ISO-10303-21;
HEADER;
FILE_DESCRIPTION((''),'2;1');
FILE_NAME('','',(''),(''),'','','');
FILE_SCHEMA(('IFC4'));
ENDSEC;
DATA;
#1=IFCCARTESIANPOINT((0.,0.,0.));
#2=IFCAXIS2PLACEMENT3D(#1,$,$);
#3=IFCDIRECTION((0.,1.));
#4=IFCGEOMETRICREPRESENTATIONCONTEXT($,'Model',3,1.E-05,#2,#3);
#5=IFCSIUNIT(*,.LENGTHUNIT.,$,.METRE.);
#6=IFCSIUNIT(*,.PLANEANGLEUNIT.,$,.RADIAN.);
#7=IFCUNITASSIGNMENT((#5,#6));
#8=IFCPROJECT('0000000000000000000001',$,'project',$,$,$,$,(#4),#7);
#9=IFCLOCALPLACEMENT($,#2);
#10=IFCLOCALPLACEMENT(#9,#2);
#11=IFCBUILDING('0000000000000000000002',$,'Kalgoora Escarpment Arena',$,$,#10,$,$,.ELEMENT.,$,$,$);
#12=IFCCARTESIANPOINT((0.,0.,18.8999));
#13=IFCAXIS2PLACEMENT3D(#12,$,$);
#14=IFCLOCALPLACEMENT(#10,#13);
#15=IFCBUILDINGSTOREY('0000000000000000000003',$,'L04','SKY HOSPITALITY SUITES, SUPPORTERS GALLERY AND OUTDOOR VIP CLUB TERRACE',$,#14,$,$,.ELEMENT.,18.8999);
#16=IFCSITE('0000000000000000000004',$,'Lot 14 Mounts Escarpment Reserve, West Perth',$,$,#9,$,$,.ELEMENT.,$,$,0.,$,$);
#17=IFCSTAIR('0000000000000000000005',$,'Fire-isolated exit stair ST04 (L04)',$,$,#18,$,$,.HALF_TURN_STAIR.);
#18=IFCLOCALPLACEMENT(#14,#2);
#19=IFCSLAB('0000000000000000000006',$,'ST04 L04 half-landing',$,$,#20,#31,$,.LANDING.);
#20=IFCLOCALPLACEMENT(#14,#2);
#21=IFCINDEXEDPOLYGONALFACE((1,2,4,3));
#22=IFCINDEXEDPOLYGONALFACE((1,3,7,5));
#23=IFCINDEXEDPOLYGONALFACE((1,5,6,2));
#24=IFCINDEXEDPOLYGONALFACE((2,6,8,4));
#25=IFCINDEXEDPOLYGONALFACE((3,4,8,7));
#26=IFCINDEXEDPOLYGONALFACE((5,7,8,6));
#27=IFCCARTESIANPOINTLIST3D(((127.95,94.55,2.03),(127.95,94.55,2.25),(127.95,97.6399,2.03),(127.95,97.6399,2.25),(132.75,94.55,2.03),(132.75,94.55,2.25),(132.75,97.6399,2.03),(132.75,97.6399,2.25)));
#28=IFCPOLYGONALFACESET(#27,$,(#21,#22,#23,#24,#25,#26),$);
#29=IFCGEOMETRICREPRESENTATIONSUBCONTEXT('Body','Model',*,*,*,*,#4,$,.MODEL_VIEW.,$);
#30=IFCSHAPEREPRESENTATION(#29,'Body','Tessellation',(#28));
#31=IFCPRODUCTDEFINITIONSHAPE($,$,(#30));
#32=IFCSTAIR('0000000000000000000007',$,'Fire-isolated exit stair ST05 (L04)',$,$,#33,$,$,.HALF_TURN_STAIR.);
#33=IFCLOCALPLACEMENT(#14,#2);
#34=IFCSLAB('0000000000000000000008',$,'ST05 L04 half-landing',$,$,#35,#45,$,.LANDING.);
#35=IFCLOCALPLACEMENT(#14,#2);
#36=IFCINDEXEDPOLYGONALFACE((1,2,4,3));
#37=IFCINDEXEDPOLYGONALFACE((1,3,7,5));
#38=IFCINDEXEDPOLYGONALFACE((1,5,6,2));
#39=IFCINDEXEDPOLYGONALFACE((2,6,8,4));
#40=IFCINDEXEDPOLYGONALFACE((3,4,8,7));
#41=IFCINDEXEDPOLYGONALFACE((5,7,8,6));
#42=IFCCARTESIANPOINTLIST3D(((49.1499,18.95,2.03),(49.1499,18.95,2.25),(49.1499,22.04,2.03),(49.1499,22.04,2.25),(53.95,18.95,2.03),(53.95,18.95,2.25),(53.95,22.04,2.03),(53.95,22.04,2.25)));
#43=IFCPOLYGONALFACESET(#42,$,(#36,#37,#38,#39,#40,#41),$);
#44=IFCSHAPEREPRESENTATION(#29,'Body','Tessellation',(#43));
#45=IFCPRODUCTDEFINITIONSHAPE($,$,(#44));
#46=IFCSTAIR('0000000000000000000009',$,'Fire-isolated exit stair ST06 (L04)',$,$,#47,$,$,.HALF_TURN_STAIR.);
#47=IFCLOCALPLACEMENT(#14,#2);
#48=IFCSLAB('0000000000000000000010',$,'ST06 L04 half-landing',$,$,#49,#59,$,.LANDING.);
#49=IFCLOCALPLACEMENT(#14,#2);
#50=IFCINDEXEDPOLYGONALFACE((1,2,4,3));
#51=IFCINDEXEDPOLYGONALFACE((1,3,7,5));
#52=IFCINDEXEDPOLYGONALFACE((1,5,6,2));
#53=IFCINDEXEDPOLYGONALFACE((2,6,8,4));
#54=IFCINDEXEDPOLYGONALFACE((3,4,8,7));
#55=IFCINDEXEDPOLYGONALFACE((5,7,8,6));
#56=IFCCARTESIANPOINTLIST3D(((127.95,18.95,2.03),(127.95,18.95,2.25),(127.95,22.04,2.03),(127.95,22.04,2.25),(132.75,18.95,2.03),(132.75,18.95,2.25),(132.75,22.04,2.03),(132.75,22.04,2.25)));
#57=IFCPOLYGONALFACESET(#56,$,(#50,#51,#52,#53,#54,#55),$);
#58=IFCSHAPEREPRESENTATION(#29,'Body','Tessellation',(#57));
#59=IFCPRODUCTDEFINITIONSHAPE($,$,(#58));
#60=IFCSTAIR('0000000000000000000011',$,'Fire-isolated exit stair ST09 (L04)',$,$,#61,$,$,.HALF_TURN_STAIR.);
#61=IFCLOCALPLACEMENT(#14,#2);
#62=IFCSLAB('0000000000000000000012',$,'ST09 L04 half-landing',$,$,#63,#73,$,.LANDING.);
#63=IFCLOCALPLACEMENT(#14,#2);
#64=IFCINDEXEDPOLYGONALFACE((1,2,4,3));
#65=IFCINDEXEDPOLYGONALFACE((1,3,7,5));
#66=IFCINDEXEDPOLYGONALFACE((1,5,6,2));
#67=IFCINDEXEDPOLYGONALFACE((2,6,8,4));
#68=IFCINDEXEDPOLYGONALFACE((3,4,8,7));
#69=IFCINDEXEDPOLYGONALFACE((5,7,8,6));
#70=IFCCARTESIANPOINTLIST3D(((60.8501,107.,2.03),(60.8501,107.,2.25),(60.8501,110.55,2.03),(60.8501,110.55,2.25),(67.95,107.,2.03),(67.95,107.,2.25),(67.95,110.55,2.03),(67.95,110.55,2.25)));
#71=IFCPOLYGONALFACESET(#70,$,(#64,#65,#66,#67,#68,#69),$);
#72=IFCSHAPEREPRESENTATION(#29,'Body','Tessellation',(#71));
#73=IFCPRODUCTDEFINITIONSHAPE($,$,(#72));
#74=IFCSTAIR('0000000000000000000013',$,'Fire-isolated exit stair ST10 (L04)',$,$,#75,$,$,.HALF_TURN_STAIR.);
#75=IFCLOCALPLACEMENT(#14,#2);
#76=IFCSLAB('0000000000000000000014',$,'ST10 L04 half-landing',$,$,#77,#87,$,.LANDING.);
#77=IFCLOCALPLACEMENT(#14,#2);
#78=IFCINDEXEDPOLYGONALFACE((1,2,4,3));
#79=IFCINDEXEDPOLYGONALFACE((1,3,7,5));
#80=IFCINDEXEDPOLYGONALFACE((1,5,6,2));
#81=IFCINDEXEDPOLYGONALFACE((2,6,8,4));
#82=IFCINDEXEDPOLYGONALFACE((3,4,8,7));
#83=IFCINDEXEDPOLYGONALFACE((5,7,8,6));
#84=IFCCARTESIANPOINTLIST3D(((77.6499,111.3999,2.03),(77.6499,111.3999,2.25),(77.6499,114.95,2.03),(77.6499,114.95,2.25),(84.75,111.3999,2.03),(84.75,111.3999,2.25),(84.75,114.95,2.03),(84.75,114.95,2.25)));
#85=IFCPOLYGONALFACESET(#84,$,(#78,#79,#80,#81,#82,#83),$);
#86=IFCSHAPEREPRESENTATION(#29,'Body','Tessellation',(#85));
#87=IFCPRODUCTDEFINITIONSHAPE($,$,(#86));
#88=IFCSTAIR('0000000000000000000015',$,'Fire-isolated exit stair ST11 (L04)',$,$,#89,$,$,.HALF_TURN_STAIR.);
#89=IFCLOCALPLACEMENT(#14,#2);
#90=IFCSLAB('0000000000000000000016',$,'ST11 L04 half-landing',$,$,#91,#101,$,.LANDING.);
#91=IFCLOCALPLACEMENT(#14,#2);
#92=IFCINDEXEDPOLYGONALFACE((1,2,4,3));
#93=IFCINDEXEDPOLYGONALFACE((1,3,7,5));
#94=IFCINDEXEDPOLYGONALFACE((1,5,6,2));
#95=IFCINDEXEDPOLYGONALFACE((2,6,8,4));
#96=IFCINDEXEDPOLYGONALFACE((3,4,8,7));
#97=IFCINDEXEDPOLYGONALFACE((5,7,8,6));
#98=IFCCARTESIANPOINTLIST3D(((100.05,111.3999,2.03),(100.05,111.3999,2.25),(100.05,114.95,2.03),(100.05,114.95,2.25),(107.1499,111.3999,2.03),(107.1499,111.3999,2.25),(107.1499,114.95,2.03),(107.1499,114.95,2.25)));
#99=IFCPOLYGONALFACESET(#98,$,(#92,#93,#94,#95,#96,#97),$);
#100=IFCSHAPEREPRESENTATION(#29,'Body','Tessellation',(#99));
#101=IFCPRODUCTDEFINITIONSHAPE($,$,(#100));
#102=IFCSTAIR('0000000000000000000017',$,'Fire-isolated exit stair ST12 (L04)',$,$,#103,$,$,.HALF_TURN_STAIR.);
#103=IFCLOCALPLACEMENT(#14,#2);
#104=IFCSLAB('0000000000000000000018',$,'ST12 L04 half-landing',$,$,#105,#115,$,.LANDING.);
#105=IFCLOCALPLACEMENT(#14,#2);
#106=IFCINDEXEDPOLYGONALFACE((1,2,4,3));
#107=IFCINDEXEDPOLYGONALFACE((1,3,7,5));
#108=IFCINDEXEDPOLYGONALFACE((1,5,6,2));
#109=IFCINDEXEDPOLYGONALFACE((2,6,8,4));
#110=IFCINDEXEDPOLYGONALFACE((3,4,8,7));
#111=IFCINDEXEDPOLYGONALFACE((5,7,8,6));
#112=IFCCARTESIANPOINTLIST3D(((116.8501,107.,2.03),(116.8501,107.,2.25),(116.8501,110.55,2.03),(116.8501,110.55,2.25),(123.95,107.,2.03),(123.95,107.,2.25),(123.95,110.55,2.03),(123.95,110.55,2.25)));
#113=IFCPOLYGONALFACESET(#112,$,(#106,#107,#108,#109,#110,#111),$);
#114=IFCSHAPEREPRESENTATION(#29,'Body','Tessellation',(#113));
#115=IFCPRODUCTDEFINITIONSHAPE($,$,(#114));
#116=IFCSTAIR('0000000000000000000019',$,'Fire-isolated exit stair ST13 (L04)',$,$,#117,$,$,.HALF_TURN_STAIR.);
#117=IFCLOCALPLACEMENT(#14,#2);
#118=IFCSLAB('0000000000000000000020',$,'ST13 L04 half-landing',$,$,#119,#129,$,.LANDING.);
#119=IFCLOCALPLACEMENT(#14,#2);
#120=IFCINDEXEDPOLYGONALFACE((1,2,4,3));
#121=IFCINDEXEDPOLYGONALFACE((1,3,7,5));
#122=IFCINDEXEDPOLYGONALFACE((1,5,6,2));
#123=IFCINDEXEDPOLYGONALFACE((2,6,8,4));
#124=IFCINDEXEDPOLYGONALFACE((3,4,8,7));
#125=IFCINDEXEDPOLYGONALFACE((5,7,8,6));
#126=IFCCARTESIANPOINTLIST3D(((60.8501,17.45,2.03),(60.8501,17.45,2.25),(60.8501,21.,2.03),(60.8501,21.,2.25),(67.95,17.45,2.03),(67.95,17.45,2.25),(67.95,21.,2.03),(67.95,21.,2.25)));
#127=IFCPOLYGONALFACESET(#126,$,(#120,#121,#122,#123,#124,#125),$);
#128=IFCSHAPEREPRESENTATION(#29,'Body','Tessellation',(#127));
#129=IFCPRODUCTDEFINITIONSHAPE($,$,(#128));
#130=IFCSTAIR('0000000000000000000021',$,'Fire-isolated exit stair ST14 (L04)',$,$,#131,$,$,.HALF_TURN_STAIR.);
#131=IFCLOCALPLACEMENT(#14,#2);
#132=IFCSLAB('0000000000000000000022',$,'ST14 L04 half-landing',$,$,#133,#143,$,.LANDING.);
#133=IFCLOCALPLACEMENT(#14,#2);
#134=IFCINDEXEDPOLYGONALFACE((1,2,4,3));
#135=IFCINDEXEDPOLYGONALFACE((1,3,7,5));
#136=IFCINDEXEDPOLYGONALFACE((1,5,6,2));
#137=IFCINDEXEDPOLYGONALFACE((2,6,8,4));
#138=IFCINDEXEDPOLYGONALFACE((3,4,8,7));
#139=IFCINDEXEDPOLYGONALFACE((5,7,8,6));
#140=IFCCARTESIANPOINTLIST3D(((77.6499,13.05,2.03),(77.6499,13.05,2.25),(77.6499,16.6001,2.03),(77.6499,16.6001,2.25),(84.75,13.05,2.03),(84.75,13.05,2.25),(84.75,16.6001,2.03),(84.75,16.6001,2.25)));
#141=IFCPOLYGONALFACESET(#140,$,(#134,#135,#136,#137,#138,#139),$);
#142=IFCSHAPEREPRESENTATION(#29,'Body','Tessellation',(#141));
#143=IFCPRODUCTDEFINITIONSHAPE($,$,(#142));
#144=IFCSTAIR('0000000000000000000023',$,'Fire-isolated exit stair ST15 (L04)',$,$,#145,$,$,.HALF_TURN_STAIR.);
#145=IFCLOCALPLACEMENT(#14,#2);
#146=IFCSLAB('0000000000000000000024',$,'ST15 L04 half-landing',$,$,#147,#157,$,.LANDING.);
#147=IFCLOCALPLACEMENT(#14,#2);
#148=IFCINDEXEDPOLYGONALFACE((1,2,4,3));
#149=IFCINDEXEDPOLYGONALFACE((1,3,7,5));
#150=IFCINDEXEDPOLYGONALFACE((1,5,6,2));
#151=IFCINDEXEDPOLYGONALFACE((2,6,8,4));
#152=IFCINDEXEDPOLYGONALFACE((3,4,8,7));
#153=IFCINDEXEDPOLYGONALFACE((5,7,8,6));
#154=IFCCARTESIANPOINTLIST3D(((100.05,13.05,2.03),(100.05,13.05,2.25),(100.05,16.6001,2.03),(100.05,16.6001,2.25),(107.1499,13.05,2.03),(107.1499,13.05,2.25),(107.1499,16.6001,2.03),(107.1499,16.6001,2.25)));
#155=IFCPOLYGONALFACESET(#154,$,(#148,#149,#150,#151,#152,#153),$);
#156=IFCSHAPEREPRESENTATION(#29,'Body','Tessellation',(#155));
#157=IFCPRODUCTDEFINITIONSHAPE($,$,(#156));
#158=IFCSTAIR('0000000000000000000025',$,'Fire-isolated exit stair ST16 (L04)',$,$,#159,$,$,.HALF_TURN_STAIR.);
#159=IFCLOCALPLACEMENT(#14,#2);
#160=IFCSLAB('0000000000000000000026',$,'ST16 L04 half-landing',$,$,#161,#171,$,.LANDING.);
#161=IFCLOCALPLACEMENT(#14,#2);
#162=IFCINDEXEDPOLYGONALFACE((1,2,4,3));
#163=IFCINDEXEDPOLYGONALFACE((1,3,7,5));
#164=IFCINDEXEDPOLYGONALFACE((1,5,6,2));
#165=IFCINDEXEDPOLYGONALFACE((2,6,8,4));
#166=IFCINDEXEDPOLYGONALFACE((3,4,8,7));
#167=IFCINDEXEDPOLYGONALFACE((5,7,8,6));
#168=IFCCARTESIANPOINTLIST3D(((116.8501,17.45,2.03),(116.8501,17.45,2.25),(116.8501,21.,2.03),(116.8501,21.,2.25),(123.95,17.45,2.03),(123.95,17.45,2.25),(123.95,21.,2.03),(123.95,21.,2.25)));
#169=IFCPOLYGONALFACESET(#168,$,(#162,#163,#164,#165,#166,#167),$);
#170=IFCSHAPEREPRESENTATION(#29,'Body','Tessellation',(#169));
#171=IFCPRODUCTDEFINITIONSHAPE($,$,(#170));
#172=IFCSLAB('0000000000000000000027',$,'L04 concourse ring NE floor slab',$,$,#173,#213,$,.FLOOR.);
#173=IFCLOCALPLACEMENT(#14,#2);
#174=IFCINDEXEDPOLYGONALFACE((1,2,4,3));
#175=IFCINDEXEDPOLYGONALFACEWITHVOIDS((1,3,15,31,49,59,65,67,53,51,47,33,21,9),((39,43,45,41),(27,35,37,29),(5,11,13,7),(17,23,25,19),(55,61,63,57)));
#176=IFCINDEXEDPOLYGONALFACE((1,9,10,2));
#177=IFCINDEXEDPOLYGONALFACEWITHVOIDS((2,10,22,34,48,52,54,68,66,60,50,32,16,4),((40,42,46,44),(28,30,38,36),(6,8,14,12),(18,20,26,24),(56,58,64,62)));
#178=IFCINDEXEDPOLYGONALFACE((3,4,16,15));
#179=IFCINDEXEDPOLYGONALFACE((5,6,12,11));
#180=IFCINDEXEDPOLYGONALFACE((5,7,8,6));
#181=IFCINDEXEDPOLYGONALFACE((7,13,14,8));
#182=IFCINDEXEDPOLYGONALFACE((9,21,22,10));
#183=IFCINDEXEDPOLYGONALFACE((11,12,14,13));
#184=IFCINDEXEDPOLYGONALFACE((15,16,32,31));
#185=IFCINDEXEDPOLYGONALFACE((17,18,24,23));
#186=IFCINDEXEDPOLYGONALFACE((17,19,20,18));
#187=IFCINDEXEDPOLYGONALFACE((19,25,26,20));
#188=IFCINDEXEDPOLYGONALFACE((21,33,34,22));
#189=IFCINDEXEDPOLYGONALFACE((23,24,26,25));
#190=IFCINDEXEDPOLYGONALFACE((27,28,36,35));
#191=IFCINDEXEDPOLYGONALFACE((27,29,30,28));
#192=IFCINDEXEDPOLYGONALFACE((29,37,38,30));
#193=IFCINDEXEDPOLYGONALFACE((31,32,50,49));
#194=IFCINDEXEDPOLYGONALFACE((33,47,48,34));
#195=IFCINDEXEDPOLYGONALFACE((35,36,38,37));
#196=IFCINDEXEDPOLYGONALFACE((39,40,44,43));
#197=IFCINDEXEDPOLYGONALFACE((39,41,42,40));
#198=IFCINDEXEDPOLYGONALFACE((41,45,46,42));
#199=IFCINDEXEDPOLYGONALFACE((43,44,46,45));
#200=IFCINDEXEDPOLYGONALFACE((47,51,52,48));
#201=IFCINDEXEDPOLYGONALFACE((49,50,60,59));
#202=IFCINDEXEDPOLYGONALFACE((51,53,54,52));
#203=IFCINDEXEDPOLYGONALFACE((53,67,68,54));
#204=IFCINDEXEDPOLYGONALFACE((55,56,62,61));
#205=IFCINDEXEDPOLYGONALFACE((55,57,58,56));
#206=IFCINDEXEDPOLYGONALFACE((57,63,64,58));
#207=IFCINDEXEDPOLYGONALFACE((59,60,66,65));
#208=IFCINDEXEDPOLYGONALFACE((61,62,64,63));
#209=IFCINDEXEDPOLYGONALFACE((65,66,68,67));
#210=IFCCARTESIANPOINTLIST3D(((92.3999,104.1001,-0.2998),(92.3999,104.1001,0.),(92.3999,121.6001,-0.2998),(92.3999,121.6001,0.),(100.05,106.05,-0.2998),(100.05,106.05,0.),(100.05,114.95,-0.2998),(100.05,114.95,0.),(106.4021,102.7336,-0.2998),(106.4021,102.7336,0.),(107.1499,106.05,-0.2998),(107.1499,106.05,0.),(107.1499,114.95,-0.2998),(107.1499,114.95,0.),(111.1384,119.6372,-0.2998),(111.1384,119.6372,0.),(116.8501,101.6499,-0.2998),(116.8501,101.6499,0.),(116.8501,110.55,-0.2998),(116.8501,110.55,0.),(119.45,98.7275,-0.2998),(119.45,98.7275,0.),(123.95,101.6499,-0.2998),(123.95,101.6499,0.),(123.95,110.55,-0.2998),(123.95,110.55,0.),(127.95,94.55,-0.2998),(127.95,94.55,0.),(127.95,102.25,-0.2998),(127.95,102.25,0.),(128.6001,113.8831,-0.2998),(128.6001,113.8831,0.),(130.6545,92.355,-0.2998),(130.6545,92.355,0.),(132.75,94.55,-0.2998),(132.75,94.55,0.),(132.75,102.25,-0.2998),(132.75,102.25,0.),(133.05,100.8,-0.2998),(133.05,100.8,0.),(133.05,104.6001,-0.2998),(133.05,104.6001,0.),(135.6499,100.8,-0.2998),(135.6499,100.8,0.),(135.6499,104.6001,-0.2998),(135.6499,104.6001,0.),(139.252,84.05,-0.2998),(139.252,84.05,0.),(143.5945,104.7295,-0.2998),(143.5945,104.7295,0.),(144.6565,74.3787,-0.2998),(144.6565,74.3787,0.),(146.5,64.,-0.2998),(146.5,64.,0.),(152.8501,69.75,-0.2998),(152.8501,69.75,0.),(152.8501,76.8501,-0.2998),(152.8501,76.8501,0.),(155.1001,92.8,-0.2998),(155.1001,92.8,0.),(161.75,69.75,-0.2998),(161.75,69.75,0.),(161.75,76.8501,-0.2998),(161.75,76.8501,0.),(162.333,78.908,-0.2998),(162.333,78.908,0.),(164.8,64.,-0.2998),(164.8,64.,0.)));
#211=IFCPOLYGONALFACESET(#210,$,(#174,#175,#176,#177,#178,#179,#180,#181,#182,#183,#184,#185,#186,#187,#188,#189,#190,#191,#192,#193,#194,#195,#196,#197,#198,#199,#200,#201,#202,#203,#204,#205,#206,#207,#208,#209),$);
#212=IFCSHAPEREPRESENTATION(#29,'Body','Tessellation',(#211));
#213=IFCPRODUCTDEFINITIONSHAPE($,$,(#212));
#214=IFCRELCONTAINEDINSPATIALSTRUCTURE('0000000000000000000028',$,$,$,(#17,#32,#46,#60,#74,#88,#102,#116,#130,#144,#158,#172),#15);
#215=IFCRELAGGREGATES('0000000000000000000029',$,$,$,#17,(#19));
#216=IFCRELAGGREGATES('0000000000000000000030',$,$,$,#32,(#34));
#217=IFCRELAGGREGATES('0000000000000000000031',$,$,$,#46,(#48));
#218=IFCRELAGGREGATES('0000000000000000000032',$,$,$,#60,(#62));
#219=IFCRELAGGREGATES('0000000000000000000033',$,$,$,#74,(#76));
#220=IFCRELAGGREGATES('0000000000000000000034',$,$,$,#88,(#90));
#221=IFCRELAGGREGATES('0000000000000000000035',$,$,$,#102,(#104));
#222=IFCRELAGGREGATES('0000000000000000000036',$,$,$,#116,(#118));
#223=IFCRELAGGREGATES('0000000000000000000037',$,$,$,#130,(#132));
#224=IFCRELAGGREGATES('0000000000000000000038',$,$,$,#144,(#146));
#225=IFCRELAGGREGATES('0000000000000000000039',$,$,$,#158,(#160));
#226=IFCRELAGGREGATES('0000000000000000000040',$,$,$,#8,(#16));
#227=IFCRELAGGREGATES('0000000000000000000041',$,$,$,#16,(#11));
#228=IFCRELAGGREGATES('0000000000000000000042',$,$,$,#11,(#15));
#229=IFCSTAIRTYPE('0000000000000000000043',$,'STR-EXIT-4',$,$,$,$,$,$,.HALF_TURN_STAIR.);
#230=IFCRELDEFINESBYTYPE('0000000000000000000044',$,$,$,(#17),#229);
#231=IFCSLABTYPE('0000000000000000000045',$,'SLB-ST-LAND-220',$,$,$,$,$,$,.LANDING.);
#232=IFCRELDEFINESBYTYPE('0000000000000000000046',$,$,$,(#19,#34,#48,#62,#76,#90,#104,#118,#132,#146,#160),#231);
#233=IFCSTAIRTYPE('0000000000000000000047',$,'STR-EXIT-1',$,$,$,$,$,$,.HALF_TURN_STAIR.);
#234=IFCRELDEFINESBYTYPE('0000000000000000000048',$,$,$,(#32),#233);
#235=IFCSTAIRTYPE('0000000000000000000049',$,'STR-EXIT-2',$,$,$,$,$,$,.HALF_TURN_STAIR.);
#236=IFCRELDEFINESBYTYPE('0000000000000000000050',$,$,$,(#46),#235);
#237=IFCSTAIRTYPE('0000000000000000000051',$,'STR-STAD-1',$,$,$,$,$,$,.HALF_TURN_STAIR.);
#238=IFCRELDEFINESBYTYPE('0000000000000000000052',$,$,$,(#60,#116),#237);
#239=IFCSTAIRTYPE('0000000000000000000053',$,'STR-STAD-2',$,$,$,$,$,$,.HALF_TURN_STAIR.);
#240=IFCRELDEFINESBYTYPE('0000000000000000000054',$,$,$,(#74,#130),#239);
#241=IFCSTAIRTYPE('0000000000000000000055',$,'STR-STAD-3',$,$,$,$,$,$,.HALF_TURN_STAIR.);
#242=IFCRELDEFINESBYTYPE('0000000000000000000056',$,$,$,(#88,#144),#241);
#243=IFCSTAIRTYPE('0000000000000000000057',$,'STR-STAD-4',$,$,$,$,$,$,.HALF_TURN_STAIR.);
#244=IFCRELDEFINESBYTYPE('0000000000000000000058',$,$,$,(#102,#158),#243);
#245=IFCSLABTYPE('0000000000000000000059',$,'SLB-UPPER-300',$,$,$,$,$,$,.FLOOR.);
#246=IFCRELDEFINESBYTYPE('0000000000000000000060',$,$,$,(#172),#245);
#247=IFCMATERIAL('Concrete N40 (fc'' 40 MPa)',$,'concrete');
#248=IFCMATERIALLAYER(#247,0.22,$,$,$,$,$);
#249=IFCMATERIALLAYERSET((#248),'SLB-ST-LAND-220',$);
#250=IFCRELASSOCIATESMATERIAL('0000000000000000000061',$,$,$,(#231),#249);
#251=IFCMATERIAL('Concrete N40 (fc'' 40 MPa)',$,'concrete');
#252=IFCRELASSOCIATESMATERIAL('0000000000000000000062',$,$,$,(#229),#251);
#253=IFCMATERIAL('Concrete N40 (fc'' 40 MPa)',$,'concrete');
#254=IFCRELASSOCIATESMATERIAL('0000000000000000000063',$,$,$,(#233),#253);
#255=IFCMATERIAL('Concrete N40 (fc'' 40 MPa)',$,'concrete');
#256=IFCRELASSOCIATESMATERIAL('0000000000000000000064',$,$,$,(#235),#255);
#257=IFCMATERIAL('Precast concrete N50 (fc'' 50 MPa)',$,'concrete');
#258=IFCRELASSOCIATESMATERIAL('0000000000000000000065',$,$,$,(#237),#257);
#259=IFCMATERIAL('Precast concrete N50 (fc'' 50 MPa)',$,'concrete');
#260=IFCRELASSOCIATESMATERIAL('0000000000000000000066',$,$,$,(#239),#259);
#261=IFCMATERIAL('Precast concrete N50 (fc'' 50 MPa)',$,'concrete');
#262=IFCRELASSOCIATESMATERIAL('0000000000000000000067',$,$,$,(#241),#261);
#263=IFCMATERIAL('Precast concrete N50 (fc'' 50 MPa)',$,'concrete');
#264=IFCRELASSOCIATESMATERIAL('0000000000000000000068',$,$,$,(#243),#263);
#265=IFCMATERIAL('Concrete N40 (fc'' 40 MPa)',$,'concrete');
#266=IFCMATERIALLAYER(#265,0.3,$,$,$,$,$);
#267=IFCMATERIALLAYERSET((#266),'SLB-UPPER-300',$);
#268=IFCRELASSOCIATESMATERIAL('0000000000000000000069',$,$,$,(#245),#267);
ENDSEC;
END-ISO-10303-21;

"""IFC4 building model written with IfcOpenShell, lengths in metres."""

from ifc_helpers import new_model, si_unit, direction, frame, origin, place, context, subcontext, project, spatial, polyline, outline, extrude, material, layer, layer_set, type_object, element, aggregate, save


model = new_model("IFC4")

# Units and contexts
model_context = context("Model", 3, precision=1e-05, world=origin(), true_north=direction((0.0, 1.0)))
body_context = subcontext(model_context, "Body", "Model", "MODEL_VIEW")
ifc_project = project(units=[si_unit("LENGTHUNIT", "METRE"), si_unit("PLANEANGLEUNIT", "RADIAN")], contexts=[model_context])

# Site, building, storey
site_placement = place(None, origin())
site = spatial("IfcSite", under=ifc_project, at=site_placement, Name="Lot 14 Mounts Escarpment Reserve, West Perth", CompositionType="ELEMENT", RefElevation=0.0)
building_placement = place(site_placement, origin())
building = spatial("IfcBuilding", under=site, at=building_placement, Name="Kalgoora Escarpment Arena", CompositionType="ELEMENT")
storey_placement = place(building_placement, frame((0.0, 0.0, 18.8999)))
storey = spatial("IfcBuildingStorey", under=building, at=storey_placement, Name="L04", Description="SKY HOSPITALITY SUITES, SUPPORTERS GALLERY AND OUTDOOR VIP CLUB TERRACE", CompositionType="ELEMENT", Elevation=18.8999)

# Stairs, slabs
ifc_material_1 = material(Name="Concrete N40 (fc' 40 MPa)", Category="concrete")
ifc_layer_1 = layer(ifc_material_1, 0.22)
ifc_layer_set_1 = layer_set([ifc_layer_1], Name="SLB-ST-LAND-220")
slab_type_1 = type_object("IfcSlabType", Name="SLB-ST-LAND-220", PredefinedType="LANDING", material=ifc_layer_set_1)
ifc_material_2 = material(Name="Concrete N40 (fc' 40 MPa)", Category="concrete")
stair_type_1 = type_object("IfcStairType", Name="STR-EXIT-4", PredefinedType="HALF_TURN_STAIR", material=ifc_material_2)
stair_1_placement = place(storey_placement, origin())
stair_1 = element("IfcStair", 1, at=stair_1_placement, inside=storey, type_object=stair_type_1, Name="Fire-isolated exit stair ST04 (L04)", PredefinedType="HALF_TURN_STAIR")
slab_1_placement = place(storey_placement, frame((0.0, 0.0, 2.03)))
slab_1 = element("IfcSlab", 2, at=slab_1_placement, type_object=slab_type_1, Name="ST04 L04 half-landing", PredefinedType="LANDING", context=body_context, shape_type="SweptSolid", body=[
    extrude(outline(polyline([(132.75, 97.6399), (132.75, 94.55), (127.95, 94.55), (127.95, 97.6399), (132.75, 97.6399)])), origin(), (0.0, 0.0, 1.0), 0.22),
])
aggregate(stair_1, [slab_1])
ifc_material_3 = material(Name="Concrete N40 (fc' 40 MPa)", Category="concrete")
stair_type_2 = type_object("IfcStairType", Name="STR-EXIT-1", PredefinedType="HALF_TURN_STAIR", material=ifc_material_3)
stair_2_placement = place(storey_placement, origin())
stair_2 = element("IfcStair", 3, at=stair_2_placement, inside=storey, type_object=stair_type_2, Name="Fire-isolated exit stair ST05 (L04)", PredefinedType="HALF_TURN_STAIR")
slab_2_placement = place(storey_placement, frame((0.0, 0.0, 2.03)))
slab_2 = element("IfcSlab", 4, at=slab_2_placement, type_object=slab_type_1, Name="ST05 L04 half-landing", PredefinedType="LANDING", context=body_context, shape_type="SweptSolid", body=[
    extrude(outline(polyline([(53.95, 22.04), (53.95, 18.95), (49.1499, 18.95), (49.1499, 22.04), (53.95, 22.04)])), origin(), (0.0, 0.0, 1.0), 0.22),
])
aggregate(stair_2, [slab_2])
ifc_material_4 = material(Name="Concrete N40 (fc' 40 MPa)", Category="concrete")
stair_type_3 = type_object("IfcStairType", Name="STR-EXIT-2", PredefinedType="HALF_TURN_STAIR", material=ifc_material_4)
stair_3_placement = place(storey_placement, origin())
stair_3 = element("IfcStair", 5, at=stair_3_placement, inside=storey, type_object=stair_type_3, Name="Fire-isolated exit stair ST06 (L04)", PredefinedType="HALF_TURN_STAIR")
slab_3_placement = place(storey_placement, frame((0.0, 0.0, 2.03)))
slab_3 = element("IfcSlab", 6, at=slab_3_placement, type_object=slab_type_1, Name="ST06 L04 half-landing", PredefinedType="LANDING", context=body_context, shape_type="SweptSolid", body=[
    extrude(outline(polyline([(132.75, 22.04), (132.75, 18.95), (127.95, 18.95), (127.95, 22.04), (132.75, 22.04)])), origin(), (0.0, 0.0, 1.0), 0.22),
])
aggregate(stair_3, [slab_3])
ifc_material_5 = material(Name="Precast concrete N50 (fc' 50 MPa)", Category="concrete")
stair_type_4 = type_object("IfcStairType", Name="STR-STAD-1", PredefinedType="HALF_TURN_STAIR", material=ifc_material_5)
stair_4_placement = place(storey_placement, origin())
stair_4 = element("IfcStair", 7, at=stair_4_placement, inside=storey, type_object=stair_type_4, Name="Fire-isolated exit stair ST09 (L04)", PredefinedType="HALF_TURN_STAIR")
slab_4_placement = place(storey_placement, frame((0.0, 0.0, 2.03)))
slab_4 = element("IfcSlab", 8, at=slab_4_placement, type_object=slab_type_1, Name="ST09 L04 half-landing", PredefinedType="LANDING", context=body_context, shape_type="SweptSolid", body=[
    extrude(outline(polyline([(60.8501, 107.0), (60.8501, 110.55), (67.95, 110.55), (67.95, 107.0), (60.8501, 107.0)])), origin(), (0.0, 0.0, 1.0), 0.22),
])
aggregate(stair_4, [slab_4])
ifc_material_6 = material(Name="Precast concrete N50 (fc' 50 MPa)", Category="concrete")
stair_type_5 = type_object("IfcStairType", Name="STR-STAD-2", PredefinedType="HALF_TURN_STAIR", material=ifc_material_6)
stair_5_placement = place(storey_placement, origin())
stair_5 = element("IfcStair", 9, at=stair_5_placement, inside=storey, type_object=stair_type_5, Name="Fire-isolated exit stair ST10 (L04)", PredefinedType="HALF_TURN_STAIR")
slab_5_placement = place(storey_placement, frame((0.0, 0.0, 2.03)))
slab_5 = element("IfcSlab", 10, at=slab_5_placement, type_object=slab_type_1, Name="ST10 L04 half-landing", PredefinedType="LANDING", context=body_context, shape_type="SweptSolid", body=[
    extrude(outline(polyline([(77.6499, 111.3999), (77.6499, 114.95), (84.75, 114.95), (84.75, 111.3999), (77.6499, 111.3999)])), origin(), (0.0, 0.0, 1.0), 0.22),
])
aggregate(stair_5, [slab_5])
ifc_material_7 = material(Name="Precast concrete N50 (fc' 50 MPa)", Category="concrete")
stair_type_6 = type_object("IfcStairType", Name="STR-STAD-3", PredefinedType="HALF_TURN_STAIR", material=ifc_material_7)
stair_6_placement = place(storey_placement, origin())
stair_6 = element("IfcStair", 11, at=stair_6_placement, inside=storey, type_object=stair_type_6, Name="Fire-isolated exit stair ST11 (L04)", PredefinedType="HALF_TURN_STAIR")
slab_6_placement = place(storey_placement, frame((0.0, 0.0, 2.03)))
slab_6 = element("IfcSlab", 12, at=slab_6_placement, type_object=slab_type_1, Name="ST11 L04 half-landing", PredefinedType="LANDING", context=body_context, shape_type="SweptSolid", body=[
    extrude(outline(polyline([(100.05, 111.3999), (100.05, 114.95), (107.1499, 114.95), (107.1499, 111.3999), (100.05, 111.3999)])), origin(), (0.0, 0.0, 1.0), 0.22),
])
aggregate(stair_6, [slab_6])
ifc_material_8 = material(Name="Precast concrete N50 (fc' 50 MPa)", Category="concrete")
stair_type_7 = type_object("IfcStairType", Name="STR-STAD-4", PredefinedType="HALF_TURN_STAIR", material=ifc_material_8)
stair_7_placement = place(storey_placement, origin())
stair_7 = element("IfcStair", 13, at=stair_7_placement, inside=storey, type_object=stair_type_7, Name="Fire-isolated exit stair ST12 (L04)", PredefinedType="HALF_TURN_STAIR")
slab_7_placement = place(storey_placement, frame((0.0, 0.0, 2.03)))
slab_7 = element("IfcSlab", 14, at=slab_7_placement, type_object=slab_type_1, Name="ST12 L04 half-landing", PredefinedType="LANDING", context=body_context, shape_type="SweptSolid", body=[
    extrude(outline(polyline([(116.8501, 107.0), (116.8501, 110.55), (123.95, 110.55), (123.95, 107.0), (116.8501, 107.0)])), origin(), (0.0, 0.0, 1.0), 0.22),
])
aggregate(stair_7, [slab_7])
stair_8_placement = place(storey_placement, origin())
stair_8 = element("IfcStair", 15, at=stair_8_placement, inside=storey, type_object=stair_type_4, Name="Fire-isolated exit stair ST13 (L04)", PredefinedType="HALF_TURN_STAIR")
slab_8_placement = place(storey_placement, frame((0.0, 0.0, 2.03)))
slab_8 = element("IfcSlab", 16, at=slab_8_placement, type_object=slab_type_1, Name="ST13 L04 half-landing", PredefinedType="LANDING", context=body_context, shape_type="SweptSolid", body=[
    extrude(outline(polyline([(67.95, 21.0), (67.95, 17.45), (60.8501, 17.45), (60.8501, 21.0), (67.95, 21.0)])), origin(), (0.0, 0.0, 1.0), 0.22),
])
aggregate(stair_8, [slab_8])
stair_9_placement = place(storey_placement, origin())
stair_9 = element("IfcStair", 17, at=stair_9_placement, inside=storey, type_object=stair_type_5, Name="Fire-isolated exit stair ST14 (L04)", PredefinedType="HALF_TURN_STAIR")
slab_9_placement = place(storey_placement, frame((0.0, 0.0, 2.03)))
slab_9 = element("IfcSlab", 18, at=slab_9_placement, type_object=slab_type_1, Name="ST14 L04 half-landing", PredefinedType="LANDING", context=body_context, shape_type="SweptSolid", body=[
    extrude(outline(polyline([(84.75, 16.6001), (84.75, 13.05), (77.6499, 13.05), (77.6499, 16.6001), (84.75, 16.6001)])), origin(), (0.0, 0.0, 1.0), 0.22),
])
aggregate(stair_9, [slab_9])
stair_10_placement = place(storey_placement, origin())
stair_10 = element("IfcStair", 19, at=stair_10_placement, inside=storey, type_object=stair_type_6, Name="Fire-isolated exit stair ST15 (L04)", PredefinedType="HALF_TURN_STAIR")
slab_10_placement = place(storey_placement, frame((0.0, 0.0, 2.03)))
slab_10 = element("IfcSlab", 20, at=slab_10_placement, type_object=slab_type_1, Name="ST15 L04 half-landing", PredefinedType="LANDING", context=body_context, shape_type="SweptSolid", body=[
    extrude(outline(polyline([(107.1499, 16.6001), (107.1499, 13.05), (100.05, 13.05), (100.05, 16.6001), (107.1499, 16.6001)])), origin(), (0.0, 0.0, 1.0), 0.22),
])
aggregate(stair_10, [slab_10])
stair_11_placement = place(storey_placement, origin())
stair_11 = element("IfcStair", 21, at=stair_11_placement, inside=storey, type_object=stair_type_7, Name="Fire-isolated exit stair ST16 (L04)", PredefinedType="HALF_TURN_STAIR")
slab_11_placement = place(storey_placement, frame((0.0, 0.0, 2.03)))
slab_11 = element("IfcSlab", 22, at=slab_11_placement, type_object=slab_type_1, Name="ST16 L04 half-landing", PredefinedType="LANDING", context=body_context, shape_type="SweptSolid", body=[
    extrude(outline(polyline([(123.95, 21.0), (123.95, 17.45), (116.8501, 17.45), (116.8501, 21.0), (123.95, 21.0)])), origin(), (0.0, 0.0, 1.0), 0.22),
])
aggregate(stair_11, [slab_11])

# Slab
ifc_material_9 = material(Name="Concrete N40 (fc' 40 MPa)", Category="concrete")
ifc_layer_2 = layer(ifc_material_9, 0.3)
ifc_layer_set_2 = layer_set([ifc_layer_2], Name="SLB-UPPER-300")
slab_type_2 = type_object("IfcSlabType", Name="SLB-UPPER-300", PredefinedType="FLOOR", material=ifc_layer_set_2)
slab_12_placement = place(storey_placement, frame((0.0, 0.0, -0.2998)))
element("IfcSlab", 23, at=slab_12_placement, inside=storey, type_object=slab_type_2, Name="L04 concourse ring NE floor slab", PredefinedType="FLOOR", context=body_context, shape_type="SweptSolid", body=[
    extrude(outline(polyline([(111.1384, 119.6372), (128.6001, 113.8831), (143.5945, 104.7295), (155.1001, 92.8), (162.333, 78.908), (164.8, 64.0), (146.5, 64.0), (144.6565, 74.3787), (139.252, 84.05), (130.6545, 92.355), (119.45, 98.7275), (106.4021, 102.7336), (92.3999, 104.1001), (92.3999, 121.6001), (111.1384, 119.6372)]), holes=[polyline([(152.8501, 76.8501), (152.8501, 69.75), (161.75, 69.75), (161.75, 76.8501), (152.8501, 76.8501)]), polyline([(127.95, 102.25), (127.95, 94.55), (132.75, 94.55), (132.75, 102.25), (127.95, 102.25)]), polyline([(133.05, 104.6001), (133.05, 100.8), (135.6499, 100.8), (135.6499, 104.6001), (133.05, 104.6001)]), polyline([(123.95, 110.55), (116.8501, 110.55), (116.8501, 101.6499), (123.95, 101.6499), (123.95, 110.55)]), polyline([(107.1499, 114.95), (100.05, 114.95), (100.05, 106.05), (107.1499, 106.05), (107.1499, 114.95)])]), origin(), (0.0, 0.0, 1.0), 0.2998),
])

save(model, "model.ifc")
